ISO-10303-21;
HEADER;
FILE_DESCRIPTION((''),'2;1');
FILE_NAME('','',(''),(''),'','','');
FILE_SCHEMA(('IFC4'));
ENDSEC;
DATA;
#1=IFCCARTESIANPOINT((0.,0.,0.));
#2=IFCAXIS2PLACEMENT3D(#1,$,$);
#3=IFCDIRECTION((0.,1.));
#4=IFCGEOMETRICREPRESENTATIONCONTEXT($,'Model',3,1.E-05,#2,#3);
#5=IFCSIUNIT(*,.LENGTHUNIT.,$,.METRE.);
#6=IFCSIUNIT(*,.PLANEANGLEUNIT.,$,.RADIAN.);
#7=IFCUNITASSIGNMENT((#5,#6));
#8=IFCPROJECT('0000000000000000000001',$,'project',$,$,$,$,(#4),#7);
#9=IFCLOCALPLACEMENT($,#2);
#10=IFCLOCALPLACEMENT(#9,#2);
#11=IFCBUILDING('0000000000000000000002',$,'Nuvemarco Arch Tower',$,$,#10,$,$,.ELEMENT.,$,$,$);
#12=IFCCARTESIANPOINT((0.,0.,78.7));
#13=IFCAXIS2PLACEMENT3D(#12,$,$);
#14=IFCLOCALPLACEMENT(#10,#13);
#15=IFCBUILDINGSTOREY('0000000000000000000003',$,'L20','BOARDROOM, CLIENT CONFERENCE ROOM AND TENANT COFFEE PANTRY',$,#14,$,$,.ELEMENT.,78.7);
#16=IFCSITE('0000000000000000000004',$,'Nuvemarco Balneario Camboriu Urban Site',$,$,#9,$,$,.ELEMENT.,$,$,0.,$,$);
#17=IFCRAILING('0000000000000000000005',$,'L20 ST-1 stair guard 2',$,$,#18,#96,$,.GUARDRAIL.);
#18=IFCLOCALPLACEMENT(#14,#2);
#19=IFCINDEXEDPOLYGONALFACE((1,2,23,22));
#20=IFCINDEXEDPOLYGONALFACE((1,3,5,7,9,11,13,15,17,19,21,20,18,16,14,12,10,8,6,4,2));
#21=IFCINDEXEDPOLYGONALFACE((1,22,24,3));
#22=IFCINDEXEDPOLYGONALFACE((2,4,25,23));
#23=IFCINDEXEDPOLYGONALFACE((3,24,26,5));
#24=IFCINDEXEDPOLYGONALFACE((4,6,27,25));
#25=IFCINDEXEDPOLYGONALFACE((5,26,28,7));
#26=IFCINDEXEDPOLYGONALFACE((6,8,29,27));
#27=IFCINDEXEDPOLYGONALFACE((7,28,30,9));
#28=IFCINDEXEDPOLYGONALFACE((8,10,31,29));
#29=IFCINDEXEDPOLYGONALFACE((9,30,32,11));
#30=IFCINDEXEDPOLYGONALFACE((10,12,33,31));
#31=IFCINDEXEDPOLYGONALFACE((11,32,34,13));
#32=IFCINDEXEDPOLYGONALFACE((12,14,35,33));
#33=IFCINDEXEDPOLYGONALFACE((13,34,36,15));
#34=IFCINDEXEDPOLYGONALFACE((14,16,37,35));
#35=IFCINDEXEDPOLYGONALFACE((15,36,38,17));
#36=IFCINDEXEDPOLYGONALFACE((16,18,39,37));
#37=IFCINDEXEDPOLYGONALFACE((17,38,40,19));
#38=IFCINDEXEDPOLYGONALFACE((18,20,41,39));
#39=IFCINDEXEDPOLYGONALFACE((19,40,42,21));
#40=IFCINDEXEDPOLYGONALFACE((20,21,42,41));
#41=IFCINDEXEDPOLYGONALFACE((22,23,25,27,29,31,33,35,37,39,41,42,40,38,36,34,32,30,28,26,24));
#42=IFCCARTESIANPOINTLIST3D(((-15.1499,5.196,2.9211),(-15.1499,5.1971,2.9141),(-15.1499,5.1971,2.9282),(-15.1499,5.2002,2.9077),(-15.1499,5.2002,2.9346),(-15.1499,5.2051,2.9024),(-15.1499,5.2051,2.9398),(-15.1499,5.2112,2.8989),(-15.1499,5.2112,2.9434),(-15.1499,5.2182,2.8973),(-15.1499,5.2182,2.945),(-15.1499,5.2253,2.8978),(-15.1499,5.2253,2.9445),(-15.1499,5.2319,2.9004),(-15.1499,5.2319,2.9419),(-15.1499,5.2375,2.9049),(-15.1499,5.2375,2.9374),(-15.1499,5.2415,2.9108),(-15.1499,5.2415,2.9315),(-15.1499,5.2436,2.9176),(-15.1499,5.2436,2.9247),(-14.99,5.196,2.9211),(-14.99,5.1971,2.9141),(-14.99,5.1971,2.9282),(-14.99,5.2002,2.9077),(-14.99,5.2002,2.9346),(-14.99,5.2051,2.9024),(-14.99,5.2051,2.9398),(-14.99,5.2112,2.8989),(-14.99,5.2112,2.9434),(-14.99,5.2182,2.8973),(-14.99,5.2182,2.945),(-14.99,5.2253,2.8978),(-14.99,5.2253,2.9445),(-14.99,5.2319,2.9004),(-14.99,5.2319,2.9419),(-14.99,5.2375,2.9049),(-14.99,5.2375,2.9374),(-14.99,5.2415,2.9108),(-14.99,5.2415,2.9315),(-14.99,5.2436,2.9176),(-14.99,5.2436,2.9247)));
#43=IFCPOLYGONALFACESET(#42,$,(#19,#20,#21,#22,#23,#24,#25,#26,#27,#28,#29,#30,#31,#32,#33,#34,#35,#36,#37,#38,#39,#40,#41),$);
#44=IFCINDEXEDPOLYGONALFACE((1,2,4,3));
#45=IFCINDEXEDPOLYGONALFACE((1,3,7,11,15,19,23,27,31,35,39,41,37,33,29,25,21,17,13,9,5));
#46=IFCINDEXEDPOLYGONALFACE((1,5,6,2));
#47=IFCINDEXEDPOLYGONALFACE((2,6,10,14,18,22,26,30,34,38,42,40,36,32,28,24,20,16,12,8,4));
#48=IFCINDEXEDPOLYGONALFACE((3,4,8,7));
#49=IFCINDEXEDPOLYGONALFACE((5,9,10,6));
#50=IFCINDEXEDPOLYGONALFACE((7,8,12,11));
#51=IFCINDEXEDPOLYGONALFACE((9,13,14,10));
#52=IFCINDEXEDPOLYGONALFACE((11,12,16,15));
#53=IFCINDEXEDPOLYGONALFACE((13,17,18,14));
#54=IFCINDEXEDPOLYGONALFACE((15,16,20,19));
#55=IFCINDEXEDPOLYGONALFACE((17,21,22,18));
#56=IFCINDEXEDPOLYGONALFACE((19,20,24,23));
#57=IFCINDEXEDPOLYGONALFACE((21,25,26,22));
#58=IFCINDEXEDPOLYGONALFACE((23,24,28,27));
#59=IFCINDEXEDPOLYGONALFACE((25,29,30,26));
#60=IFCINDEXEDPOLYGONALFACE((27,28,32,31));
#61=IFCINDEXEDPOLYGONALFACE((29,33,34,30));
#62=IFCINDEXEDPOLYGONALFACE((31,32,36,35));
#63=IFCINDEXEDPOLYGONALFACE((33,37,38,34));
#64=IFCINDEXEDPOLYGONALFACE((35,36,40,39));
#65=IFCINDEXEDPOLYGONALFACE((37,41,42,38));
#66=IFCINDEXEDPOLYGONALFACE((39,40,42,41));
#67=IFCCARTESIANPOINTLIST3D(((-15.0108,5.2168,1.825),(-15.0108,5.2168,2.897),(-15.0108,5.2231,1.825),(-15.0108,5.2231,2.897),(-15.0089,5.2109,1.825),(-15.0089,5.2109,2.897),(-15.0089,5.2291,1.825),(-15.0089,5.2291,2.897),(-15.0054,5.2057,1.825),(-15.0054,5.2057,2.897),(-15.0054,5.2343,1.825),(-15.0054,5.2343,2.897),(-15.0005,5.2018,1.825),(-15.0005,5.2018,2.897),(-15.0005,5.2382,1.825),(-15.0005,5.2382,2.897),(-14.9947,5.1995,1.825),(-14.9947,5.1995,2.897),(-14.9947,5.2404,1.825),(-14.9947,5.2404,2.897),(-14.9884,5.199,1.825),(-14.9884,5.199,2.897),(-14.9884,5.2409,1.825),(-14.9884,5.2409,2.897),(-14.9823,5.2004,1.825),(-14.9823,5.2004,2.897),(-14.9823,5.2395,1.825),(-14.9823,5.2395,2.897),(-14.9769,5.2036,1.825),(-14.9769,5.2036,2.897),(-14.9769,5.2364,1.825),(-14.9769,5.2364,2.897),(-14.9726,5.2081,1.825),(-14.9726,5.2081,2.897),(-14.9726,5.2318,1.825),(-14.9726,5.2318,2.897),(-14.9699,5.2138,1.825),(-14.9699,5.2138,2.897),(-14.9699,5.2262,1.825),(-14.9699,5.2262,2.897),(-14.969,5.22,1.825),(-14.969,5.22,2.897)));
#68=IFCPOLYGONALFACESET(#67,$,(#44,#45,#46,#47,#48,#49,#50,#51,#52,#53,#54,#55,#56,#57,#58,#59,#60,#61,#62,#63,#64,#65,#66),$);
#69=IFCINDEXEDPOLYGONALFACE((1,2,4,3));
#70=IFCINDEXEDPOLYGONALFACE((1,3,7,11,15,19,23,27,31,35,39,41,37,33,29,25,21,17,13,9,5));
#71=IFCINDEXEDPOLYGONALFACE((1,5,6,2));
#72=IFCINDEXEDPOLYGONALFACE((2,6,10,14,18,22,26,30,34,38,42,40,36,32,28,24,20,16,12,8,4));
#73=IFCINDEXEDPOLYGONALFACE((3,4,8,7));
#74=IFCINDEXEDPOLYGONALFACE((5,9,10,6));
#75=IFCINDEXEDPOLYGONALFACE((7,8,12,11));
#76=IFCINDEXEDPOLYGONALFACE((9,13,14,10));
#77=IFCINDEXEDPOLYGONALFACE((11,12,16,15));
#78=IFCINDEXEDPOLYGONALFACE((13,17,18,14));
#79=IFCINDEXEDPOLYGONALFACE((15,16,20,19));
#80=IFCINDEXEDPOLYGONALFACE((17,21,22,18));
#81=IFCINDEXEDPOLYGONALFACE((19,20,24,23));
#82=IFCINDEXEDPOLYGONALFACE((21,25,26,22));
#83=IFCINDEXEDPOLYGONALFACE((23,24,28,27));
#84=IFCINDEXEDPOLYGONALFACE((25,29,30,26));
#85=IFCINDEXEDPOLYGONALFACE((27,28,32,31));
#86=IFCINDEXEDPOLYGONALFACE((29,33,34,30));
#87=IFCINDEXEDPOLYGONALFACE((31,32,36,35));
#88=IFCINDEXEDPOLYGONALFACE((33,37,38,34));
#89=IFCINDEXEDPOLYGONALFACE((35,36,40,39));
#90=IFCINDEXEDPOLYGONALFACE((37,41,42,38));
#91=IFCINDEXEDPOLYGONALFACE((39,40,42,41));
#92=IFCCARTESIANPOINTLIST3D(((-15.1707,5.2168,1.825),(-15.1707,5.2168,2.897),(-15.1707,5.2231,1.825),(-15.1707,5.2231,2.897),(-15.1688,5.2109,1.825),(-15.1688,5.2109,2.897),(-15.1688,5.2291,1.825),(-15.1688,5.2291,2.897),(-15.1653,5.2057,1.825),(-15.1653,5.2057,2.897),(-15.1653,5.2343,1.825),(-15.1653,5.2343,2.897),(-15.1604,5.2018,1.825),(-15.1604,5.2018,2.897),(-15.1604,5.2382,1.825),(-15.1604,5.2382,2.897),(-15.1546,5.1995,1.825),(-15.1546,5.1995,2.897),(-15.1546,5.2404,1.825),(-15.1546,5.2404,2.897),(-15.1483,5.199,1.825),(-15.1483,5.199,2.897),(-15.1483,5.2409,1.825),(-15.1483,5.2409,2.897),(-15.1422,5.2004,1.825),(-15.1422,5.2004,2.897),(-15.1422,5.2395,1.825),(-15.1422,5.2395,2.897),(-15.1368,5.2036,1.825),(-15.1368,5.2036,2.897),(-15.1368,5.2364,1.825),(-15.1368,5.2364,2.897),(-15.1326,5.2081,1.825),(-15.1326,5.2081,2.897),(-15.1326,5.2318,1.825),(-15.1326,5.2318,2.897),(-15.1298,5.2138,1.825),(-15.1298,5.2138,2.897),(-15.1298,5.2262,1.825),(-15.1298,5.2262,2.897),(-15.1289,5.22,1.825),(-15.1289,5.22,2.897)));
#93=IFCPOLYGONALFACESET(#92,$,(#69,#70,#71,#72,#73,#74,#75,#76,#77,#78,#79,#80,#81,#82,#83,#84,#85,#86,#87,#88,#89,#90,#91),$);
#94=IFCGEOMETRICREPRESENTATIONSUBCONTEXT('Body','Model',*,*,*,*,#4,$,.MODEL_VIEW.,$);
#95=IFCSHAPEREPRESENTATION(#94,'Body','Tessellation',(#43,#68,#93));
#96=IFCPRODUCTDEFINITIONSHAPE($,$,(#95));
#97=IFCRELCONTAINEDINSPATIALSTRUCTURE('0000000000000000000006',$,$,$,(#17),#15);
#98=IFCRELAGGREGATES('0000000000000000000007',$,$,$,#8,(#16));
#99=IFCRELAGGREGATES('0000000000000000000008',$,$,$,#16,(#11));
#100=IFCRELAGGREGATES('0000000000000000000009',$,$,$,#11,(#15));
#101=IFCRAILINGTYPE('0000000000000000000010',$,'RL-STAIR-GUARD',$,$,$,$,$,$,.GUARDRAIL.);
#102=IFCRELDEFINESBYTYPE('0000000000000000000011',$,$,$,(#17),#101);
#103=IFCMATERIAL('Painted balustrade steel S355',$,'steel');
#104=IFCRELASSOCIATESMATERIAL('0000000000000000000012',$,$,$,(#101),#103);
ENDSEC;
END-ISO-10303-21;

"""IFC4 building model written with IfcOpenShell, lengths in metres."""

from ifc_helpers import new_model, si_unit, direction, frame, origin, origin_2d, place, context, subcontext, project, spatial, circle, extrude, material, type_object, element, save


model = new_model("IFC4")

# Units and contexts
model_context = context("Model", 3, precision=1e-05, world=origin(), true_north=direction((0.0, 1.0)))
body_context = subcontext(model_context, "Body", "Model", "MODEL_VIEW")
ifc_project = project(units=[si_unit("LENGTHUNIT", "METRE"), si_unit("PLANEANGLEUNIT", "RADIAN")], contexts=[model_context])

# Site, building, storey
site_placement = place(None, origin())
site = spatial("IfcSite", under=ifc_project, at=site_placement, Name="Nuvemarco Balneario Camboriu Urban Site", CompositionType="ELEMENT", RefElevation=0.0)
building_placement = place(site_placement, origin())
building = spatial("IfcBuilding", under=site, at=building_placement, Name="Nuvemarco Arch Tower", CompositionType="ELEMENT")
storey_placement = place(building_placement, frame((0.0, 0.0, 78.7)))
storey = spatial("IfcBuildingStorey", under=building, at=storey_placement, Name="L20", Description="BOARDROOM, CLIENT CONFERENCE ROOM AND TENANT COFFEE PANTRY", CompositionType="ELEMENT", Elevation=78.7)

# Railing
ifc_material_1 = material(Name="Painted balustrade steel S355", Category="steel")
railing_type_1 = type_object("IfcRailingType", Name="RL-STAIR-GUARD", PredefinedType="GUARDRAIL", material=ifc_material_1)
railing_1_placement = place(storey_placement, frame((-14.99, 5.22, 1.825)))
element("IfcRailing", 1, at=railing_1_placement, inside=storey, type_object=railing_type_1, Name="L20 ST-1 stair guard 2", PredefinedType="GUARDRAIL", context=body_context, shape_type="SweptSolid", body=[
    extrude(circle(Radius=0.0239, at=origin_2d()), frame((0.0, 0.0, 1.0962), z_axis=(-1.0, 0.0, 0.0), x_axis=(0.0, -1.0, 0.0)), (0.0, 0.0, 1.0), 0.1599),
    extrude(circle(Radius=0.021, at=origin_2d()), origin(), (0.0, 0.0, 1.0), 1.072),
    extrude(circle(Radius=0.021, at=origin_2d()), frame((-0.1599, 0.0, 0.0)), (0.0, 0.0, 1.0), 1.072),
])

save(model, "model.ifc")
